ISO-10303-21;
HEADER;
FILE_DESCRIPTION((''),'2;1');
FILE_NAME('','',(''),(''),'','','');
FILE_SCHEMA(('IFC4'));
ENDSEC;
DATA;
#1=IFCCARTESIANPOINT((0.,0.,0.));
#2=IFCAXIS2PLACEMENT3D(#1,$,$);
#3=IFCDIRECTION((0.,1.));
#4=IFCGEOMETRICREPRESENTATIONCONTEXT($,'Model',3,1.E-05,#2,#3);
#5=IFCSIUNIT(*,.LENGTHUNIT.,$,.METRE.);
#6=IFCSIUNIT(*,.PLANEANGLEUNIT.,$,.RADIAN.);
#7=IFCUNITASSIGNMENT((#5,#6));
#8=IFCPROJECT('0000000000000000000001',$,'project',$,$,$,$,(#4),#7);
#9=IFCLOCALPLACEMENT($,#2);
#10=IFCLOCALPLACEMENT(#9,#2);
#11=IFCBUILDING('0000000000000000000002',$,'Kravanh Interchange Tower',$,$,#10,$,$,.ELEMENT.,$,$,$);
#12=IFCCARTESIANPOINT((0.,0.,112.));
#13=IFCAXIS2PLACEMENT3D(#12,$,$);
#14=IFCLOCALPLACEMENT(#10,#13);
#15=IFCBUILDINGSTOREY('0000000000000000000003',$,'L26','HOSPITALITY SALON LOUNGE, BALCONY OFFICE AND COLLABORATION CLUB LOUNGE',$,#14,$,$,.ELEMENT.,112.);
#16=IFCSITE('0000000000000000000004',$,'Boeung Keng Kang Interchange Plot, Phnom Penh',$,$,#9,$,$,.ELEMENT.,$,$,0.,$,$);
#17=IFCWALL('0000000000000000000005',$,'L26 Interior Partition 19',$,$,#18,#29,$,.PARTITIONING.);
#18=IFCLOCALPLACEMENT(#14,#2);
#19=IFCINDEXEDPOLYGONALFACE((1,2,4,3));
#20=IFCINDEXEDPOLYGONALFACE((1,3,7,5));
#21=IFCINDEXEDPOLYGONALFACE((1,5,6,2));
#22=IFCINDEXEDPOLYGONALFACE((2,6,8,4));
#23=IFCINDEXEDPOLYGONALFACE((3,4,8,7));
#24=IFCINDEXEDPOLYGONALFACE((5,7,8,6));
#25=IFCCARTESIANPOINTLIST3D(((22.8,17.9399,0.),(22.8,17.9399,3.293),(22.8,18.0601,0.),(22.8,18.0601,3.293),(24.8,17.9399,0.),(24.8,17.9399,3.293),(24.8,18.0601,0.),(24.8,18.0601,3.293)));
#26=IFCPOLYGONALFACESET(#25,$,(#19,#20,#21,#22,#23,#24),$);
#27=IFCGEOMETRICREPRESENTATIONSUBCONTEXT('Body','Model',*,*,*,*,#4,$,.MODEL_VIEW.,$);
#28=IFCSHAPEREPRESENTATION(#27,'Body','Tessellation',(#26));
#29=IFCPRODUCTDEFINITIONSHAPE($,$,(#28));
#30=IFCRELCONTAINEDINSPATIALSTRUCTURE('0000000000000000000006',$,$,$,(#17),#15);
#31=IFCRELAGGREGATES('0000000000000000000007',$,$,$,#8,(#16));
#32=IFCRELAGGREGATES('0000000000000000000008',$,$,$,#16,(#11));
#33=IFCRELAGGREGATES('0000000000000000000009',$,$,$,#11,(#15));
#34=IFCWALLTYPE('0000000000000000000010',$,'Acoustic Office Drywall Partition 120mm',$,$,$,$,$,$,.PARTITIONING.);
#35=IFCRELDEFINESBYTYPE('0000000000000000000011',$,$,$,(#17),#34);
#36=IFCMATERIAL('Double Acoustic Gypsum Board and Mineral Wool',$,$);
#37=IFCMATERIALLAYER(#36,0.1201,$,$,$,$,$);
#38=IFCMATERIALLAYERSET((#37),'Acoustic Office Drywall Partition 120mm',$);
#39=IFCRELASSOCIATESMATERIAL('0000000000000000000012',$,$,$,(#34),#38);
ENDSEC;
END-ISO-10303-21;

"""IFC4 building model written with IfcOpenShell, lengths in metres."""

from ifc_helpers import new_model, si_unit, direction, frame, frame_2d, origin, place, context, subcontext, project, spatial, rectangle, extrude, material, layer, layer_set, type_object, element, save


model = new_model("IFC4")

# Units and contexts
model_context = context("Model", 3, precision=1e-05, world=origin(), true_north=direction((0.0, 1.0)))
body_context = subcontext(model_context, "Body", "Model", "MODEL_VIEW")
ifc_project = project(units=[si_unit("LENGTHUNIT", "METRE"), si_unit("PLANEANGLEUNIT", "RADIAN")], contexts=[model_context])

# Site, building, storey
site_placement = place(None, origin())
site = spatial("IfcSite", under=ifc_project, at=site_placement, Name="Boeung Keng Kang Interchange Plot, Phnom Penh", CompositionType="ELEMENT", RefElevation=0.0)
building_placement = place(site_placement, origin())
building = spatial("IfcBuilding", under=site, at=building_placement, Name="Kravanh Interchange Tower", CompositionType="ELEMENT")
storey_placement = place(building_placement, frame((0.0, 0.0, 112.0)))
storey = spatial("IfcBuildingStorey", under=building, at=storey_placement, Name="L26", Description="HOSPITALITY SALON LOUNGE, BALCONY OFFICE AND COLLABORATION CLUB LOUNGE", CompositionType="ELEMENT", Elevation=112.0)

# Shared definitions
ifc_material_1 = material(Name="Double Acoustic Gypsum Board and Mineral Wool")
ifc_layer_1 = layer(ifc_material_1, 0.1201)
ifc_layer_set_1 = layer_set([ifc_layer_1], Name="Acoustic Office Drywall Partition 120mm")
wall_type = type_object("IfcWallType", Name="Acoustic Office Drywall Partition 120mm", PredefinedType="PARTITIONING", material=ifc_layer_set_1)

# Wall
wall_1_placement = place(storey_placement, frame((22.8, 18.0, 0.0), z_axis=(0.0, 0.0, 1.0), x_axis=(1.0, 0.0, 0.0)))
element("IfcWall", 1, at=wall_1_placement, inside=storey, type_object=wall_type, Name="L26 Interior Partition 19", PredefinedType="PARTITIONING", context=body_context, shape_type="SweptSolid", body=[
    extrude(rectangle(XDim=2.0, YDim=0.1201, at=frame_2d((1.0, 0.0))), origin(), (0.0, 0.0, 1.0), 3.293),
])

save(model, "model.ifc")
